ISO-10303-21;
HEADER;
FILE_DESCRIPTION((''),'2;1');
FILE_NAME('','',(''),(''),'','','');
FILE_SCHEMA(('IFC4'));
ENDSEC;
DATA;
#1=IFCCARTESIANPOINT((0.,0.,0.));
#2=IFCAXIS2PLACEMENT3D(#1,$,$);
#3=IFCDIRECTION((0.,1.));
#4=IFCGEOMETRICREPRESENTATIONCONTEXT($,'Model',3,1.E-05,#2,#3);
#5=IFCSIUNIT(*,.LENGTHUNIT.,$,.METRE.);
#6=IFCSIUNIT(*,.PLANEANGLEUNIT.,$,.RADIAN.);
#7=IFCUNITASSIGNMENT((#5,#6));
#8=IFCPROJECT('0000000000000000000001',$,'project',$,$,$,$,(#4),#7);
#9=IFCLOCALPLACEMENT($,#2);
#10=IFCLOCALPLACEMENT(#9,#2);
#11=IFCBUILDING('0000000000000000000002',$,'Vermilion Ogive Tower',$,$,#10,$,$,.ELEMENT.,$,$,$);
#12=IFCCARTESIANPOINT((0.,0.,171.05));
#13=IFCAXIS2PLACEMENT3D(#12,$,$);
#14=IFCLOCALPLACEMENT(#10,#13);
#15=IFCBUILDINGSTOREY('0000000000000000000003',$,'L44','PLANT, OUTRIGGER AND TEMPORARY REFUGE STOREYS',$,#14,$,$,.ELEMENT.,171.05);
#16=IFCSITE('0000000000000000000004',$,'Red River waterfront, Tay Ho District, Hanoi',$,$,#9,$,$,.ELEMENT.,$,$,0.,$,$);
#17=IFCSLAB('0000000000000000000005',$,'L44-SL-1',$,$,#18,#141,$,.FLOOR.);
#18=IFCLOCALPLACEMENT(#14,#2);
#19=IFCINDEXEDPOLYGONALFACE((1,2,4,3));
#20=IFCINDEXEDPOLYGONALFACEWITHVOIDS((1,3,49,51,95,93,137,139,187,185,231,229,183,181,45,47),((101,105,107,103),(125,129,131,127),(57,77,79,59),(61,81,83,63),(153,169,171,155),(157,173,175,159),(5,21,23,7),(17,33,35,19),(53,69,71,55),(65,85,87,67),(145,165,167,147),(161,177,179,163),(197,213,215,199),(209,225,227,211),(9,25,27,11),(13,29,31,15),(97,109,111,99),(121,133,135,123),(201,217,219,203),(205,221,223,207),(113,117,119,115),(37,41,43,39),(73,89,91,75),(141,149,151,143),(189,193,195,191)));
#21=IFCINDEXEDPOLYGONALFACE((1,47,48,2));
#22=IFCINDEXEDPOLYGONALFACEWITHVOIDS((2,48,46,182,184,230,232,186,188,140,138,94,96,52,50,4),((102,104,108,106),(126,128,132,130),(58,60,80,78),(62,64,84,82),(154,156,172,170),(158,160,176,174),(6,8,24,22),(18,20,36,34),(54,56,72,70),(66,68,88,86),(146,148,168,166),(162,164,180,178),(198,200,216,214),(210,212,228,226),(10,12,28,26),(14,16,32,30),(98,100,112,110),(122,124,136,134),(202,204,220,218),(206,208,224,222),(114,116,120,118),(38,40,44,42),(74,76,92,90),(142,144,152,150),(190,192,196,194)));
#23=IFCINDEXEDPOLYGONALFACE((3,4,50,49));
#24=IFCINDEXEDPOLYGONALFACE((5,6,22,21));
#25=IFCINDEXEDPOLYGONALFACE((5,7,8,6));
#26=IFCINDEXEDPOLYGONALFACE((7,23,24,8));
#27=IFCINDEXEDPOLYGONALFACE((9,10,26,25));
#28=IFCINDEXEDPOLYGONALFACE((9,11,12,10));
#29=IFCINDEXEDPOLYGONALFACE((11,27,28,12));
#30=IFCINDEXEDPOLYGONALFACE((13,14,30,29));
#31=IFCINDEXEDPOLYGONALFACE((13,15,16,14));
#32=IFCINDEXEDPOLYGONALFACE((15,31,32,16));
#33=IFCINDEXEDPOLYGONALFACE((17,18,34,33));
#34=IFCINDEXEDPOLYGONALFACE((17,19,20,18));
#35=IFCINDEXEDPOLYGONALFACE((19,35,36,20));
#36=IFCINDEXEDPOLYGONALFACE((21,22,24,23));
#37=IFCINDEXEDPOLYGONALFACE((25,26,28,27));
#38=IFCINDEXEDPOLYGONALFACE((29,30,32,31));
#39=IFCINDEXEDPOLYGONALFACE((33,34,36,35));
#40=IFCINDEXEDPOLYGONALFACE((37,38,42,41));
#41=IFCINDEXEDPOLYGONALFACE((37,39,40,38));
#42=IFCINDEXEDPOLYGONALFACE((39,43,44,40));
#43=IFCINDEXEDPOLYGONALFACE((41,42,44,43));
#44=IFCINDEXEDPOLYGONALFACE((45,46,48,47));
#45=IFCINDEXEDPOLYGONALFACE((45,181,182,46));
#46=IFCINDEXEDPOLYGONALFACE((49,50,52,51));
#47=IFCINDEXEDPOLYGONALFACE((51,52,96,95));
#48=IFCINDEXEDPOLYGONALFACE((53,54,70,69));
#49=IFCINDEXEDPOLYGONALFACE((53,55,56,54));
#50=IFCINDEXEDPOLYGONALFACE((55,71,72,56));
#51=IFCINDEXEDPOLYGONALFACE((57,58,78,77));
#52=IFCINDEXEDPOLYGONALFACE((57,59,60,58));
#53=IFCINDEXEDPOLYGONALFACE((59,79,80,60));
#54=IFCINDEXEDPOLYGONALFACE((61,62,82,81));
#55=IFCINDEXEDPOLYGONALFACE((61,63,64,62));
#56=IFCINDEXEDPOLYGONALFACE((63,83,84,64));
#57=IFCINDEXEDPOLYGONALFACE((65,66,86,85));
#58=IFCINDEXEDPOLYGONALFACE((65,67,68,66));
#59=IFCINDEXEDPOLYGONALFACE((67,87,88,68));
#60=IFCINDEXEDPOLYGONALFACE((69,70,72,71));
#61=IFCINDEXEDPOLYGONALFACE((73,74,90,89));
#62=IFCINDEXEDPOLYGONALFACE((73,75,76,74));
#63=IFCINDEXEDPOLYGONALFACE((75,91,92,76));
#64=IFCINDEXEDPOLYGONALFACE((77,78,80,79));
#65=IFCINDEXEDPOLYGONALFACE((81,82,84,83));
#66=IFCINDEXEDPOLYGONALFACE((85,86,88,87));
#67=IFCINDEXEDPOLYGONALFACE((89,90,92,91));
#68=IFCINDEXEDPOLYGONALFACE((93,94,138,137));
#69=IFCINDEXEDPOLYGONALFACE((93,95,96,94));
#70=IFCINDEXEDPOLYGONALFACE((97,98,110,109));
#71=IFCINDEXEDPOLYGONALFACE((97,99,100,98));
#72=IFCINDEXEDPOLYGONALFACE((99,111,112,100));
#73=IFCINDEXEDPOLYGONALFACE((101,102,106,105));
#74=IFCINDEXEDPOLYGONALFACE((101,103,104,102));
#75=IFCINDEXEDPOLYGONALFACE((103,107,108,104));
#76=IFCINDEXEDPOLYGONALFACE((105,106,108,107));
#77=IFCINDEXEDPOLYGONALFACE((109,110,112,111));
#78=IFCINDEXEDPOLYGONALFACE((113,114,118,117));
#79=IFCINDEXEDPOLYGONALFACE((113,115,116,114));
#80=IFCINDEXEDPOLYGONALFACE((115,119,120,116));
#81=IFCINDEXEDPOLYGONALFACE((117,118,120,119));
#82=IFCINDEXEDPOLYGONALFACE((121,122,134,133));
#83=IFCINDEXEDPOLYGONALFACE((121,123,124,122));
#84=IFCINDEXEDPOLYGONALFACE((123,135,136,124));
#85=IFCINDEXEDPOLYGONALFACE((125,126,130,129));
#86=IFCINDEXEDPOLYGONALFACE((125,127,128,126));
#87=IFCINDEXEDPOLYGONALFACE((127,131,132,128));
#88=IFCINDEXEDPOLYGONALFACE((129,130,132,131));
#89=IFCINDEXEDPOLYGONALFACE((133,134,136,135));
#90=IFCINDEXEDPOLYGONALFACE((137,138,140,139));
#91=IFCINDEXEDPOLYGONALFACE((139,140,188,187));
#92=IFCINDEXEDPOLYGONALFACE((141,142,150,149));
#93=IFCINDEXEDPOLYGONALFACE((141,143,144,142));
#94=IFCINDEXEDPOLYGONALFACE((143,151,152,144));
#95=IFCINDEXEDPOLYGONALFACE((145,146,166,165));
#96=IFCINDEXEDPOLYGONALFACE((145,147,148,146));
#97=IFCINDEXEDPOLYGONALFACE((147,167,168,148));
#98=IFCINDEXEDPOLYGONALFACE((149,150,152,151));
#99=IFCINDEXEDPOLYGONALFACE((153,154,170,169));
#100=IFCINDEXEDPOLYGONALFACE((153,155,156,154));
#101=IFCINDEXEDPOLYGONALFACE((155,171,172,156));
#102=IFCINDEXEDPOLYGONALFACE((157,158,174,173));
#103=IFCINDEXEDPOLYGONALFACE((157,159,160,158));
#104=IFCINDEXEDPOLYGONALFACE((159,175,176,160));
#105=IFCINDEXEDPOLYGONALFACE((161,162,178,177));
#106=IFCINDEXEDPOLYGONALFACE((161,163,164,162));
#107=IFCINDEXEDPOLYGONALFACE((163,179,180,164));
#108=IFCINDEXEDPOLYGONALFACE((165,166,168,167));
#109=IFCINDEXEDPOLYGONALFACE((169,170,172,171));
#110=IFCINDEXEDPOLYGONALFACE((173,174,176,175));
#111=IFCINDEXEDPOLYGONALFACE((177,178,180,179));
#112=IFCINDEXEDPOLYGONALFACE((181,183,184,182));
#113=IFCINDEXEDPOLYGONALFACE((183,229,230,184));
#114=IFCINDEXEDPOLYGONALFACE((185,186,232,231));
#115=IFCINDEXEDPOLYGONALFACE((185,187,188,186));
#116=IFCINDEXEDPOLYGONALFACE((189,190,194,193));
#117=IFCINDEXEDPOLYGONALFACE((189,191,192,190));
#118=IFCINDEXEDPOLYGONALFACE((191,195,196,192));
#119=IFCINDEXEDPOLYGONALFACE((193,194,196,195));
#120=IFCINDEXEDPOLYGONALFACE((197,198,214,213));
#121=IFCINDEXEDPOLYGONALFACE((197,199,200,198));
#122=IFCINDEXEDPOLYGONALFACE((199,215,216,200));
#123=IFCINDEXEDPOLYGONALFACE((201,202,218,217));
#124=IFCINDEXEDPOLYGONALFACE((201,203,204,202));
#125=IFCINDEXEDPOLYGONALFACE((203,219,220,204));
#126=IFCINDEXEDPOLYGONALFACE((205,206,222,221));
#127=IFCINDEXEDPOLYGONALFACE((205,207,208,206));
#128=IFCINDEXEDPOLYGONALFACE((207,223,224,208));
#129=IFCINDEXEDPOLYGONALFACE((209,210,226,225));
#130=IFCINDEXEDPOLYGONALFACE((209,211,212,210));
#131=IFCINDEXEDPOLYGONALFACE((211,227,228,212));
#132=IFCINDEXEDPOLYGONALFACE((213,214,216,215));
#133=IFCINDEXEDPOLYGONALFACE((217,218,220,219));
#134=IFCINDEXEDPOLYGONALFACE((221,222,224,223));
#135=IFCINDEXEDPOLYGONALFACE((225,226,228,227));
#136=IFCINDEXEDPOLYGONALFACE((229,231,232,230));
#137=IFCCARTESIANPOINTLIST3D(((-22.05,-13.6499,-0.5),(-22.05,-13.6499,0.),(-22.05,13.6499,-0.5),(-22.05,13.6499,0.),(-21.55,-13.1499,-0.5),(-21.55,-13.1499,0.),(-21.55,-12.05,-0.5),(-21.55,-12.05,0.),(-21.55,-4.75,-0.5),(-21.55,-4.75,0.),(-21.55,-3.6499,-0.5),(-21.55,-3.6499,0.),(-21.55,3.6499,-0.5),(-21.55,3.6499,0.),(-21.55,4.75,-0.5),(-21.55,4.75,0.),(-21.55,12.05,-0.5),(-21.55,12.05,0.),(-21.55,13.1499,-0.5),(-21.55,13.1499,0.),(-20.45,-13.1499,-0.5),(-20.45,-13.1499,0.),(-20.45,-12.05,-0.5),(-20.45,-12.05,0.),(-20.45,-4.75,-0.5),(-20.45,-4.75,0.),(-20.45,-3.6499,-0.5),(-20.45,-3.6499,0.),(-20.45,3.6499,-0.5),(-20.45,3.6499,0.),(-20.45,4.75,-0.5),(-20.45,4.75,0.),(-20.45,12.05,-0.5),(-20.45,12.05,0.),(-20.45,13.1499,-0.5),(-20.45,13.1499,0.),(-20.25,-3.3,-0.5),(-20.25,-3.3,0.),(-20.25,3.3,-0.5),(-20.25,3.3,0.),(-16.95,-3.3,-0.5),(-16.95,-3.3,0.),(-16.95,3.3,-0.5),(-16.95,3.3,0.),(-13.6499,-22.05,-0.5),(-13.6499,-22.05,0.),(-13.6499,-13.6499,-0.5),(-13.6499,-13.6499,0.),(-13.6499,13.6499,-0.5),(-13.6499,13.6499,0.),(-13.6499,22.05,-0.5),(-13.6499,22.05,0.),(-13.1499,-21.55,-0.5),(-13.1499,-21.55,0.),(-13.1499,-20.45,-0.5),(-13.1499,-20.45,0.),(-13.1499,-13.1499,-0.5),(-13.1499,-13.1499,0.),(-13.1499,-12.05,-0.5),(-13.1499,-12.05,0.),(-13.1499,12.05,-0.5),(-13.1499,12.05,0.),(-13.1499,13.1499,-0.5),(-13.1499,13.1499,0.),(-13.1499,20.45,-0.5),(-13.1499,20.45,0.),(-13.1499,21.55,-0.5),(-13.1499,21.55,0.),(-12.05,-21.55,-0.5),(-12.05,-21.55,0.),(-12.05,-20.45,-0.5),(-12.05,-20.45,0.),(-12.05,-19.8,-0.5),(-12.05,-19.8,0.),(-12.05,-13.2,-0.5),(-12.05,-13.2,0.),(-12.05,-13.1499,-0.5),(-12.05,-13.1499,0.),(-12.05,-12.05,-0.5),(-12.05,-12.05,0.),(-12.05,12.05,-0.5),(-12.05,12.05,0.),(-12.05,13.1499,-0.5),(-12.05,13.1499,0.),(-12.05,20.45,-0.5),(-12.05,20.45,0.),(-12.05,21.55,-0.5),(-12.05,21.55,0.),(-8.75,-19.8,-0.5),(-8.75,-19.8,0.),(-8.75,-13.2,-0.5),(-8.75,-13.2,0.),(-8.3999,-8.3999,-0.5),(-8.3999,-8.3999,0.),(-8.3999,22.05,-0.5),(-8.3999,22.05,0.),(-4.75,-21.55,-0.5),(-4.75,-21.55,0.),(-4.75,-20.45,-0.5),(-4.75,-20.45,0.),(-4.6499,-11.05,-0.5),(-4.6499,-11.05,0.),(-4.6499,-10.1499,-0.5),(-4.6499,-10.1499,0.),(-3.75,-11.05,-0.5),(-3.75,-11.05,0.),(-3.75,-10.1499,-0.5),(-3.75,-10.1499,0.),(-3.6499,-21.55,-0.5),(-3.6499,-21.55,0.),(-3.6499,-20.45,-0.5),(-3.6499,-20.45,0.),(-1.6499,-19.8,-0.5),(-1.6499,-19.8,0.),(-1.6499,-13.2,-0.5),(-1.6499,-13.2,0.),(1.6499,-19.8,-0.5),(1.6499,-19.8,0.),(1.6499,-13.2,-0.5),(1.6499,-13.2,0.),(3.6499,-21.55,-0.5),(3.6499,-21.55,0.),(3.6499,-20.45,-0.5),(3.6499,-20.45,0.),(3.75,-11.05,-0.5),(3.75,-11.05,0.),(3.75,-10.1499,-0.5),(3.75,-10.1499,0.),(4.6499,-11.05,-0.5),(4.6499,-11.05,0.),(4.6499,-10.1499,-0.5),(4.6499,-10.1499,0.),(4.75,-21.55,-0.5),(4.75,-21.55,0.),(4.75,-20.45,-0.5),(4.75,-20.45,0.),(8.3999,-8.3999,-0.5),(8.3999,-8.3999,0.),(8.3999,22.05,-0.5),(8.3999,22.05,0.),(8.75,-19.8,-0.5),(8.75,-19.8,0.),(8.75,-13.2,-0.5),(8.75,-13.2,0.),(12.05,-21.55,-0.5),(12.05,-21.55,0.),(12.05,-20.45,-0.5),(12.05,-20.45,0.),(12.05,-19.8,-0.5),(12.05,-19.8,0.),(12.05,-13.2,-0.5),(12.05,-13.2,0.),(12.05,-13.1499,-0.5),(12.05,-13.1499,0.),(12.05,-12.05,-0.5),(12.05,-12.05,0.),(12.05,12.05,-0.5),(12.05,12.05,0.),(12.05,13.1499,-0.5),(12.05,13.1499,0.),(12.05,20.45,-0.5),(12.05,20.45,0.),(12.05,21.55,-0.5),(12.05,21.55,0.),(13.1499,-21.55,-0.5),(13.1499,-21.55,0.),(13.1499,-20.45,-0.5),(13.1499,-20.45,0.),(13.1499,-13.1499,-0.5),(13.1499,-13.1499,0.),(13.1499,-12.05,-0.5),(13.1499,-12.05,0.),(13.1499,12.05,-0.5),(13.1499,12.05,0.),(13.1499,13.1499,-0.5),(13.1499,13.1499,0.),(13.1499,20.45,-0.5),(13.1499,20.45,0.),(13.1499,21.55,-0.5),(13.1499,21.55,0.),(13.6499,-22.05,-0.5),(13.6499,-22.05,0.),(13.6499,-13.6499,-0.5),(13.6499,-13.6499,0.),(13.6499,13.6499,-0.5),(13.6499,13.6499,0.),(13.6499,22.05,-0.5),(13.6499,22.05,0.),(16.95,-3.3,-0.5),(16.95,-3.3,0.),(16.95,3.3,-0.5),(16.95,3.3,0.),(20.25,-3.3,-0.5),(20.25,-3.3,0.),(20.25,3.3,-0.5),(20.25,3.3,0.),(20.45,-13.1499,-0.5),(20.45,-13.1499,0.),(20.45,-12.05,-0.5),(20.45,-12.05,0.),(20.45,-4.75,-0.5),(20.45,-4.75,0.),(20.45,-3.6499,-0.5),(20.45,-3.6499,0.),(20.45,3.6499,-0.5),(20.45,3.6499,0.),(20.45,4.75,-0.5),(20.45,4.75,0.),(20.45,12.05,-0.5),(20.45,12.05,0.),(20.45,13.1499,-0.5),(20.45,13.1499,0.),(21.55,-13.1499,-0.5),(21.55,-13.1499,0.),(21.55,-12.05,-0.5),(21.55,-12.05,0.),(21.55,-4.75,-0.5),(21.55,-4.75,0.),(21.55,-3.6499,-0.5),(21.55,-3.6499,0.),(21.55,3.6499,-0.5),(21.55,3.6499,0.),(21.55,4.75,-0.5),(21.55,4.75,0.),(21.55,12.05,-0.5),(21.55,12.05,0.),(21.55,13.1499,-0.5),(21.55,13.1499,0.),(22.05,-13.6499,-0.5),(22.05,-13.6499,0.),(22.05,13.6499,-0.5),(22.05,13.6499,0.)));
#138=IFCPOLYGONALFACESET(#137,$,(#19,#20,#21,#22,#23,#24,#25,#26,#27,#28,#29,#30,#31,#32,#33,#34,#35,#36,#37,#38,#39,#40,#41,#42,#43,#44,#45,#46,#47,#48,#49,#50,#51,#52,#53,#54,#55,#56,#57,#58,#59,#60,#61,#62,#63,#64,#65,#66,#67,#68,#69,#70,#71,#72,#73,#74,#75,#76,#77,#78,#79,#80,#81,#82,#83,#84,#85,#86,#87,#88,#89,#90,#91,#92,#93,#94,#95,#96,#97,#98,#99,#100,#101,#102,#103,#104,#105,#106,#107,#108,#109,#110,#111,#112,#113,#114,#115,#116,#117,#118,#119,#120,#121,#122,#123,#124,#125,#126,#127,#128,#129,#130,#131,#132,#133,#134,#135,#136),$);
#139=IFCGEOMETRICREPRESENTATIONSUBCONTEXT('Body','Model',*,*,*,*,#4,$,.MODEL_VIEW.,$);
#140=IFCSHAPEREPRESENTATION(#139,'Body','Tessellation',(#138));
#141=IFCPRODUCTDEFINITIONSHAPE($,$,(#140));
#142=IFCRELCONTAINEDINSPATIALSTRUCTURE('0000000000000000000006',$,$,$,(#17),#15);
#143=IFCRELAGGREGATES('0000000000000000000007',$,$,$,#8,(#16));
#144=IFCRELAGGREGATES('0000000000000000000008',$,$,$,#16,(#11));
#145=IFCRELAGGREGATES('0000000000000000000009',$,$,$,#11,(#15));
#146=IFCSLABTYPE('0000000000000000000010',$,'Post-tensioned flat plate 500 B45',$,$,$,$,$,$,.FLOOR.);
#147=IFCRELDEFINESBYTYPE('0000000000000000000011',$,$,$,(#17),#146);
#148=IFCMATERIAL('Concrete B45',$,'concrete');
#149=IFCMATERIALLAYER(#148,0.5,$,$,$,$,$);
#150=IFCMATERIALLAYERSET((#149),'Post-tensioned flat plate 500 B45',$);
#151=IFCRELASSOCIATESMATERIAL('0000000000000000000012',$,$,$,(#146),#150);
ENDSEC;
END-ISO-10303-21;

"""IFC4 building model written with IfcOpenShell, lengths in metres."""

from ifc_helpers import new_model, si_unit, direction, frame, origin, place, context, subcontext, project, spatial, polyline, outline, extrude, material, layer, layer_set, type_object, element, save


model = new_model("IFC4")

# Units and contexts
model_context = context("Model", 3, precision=1e-05, world=origin(), true_north=direction((0.0, 1.0)))
body_context = subcontext(model_context, "Body", "Model", "MODEL_VIEW")
ifc_project = project(units=[si_unit("LENGTHUNIT", "METRE"), si_unit("PLANEANGLEUNIT", "RADIAN")], contexts=[model_context])

# Site, building, storey
site_placement = place(None, origin())
site = spatial("IfcSite", under=ifc_project, at=site_placement, Name="Red River waterfront, Tay Ho District, Hanoi", CompositionType="ELEMENT", RefElevation=0.0)
building_placement = place(site_placement, origin())
building = spatial("IfcBuilding", under=site, at=building_placement, Name="Vermilion Ogive Tower", CompositionType="ELEMENT")
storey_placement = place(building_placement, frame((0.0, 0.0, 171.05)))
storey = spatial("IfcBuildingStorey", under=building, at=storey_placement, Name="L44", Description="PLANT, OUTRIGGER AND TEMPORARY REFUGE STOREYS", CompositionType="ELEMENT", Elevation=171.05)

# Slab
ifc_material_1 = material(Name="Concrete B45", Category="concrete")
ifc_layer_1 = layer(ifc_material_1, 0.5)
ifc_layer_set_1 = layer_set([ifc_layer_1], Name="Post-tensioned flat plate 500 B45")
slab_type = type_object("IfcSlabType", Name="Post-tensioned flat plate 500 B45", PredefinedType="FLOOR", material=ifc_layer_set_1)
slab_placement = place(storey_placement, frame((0.0, 0.0, -0.5)))
element("IfcSlab", 1, at=slab_placement, inside=storey, type_object=slab_type, Name="L44-SL-1", PredefinedType="FLOOR", context=body_context, shape_type="SweptSolid", body=[
    extrude(outline(polyline([(-13.6499, -13.6499), (-22.05, -13.6499), (-22.05, 13.6499), (-13.6499, 13.6499), (-13.6499, 22.05), (-8.3999, 22.05), (-8.3999, -8.3999), (8.3999, -8.3999), (8.3999, 22.05), (13.6499, 22.05), (13.6499, 13.6499), (22.05, 13.6499), (22.05, -13.6499), (13.6499, -13.6499), (13.6499, -22.05), (-13.6499, -22.05), (-13.6499, -13.6499)]), holes=[polyline([(21.55, 12.05), (21.55, 13.1499), (20.45, 13.1499), (20.45, 12.05), (21.55, 12.05)]), polyline([(21.55, 3.6499), (21.55, 4.75), (20.45, 4.75), (20.45, 3.6499), (21.55, 3.6499)]), polyline([(21.55, -4.75), (21.55, -3.6499), (20.45, -3.6499), (20.45, -4.75), (21.55, -4.75)]), polyline([(21.55, -13.1499), (21.55, -12.05), (20.45, -12.05), (20.45, -13.1499), (21.55, -13.1499)]), polyline([(20.25, -3.3), (20.25, 3.3), (16.95, 3.3), (16.95, -3.3), (20.25, -3.3)]), polyline([(13.1499, 20.45), (13.1499, 21.55), (12.05, 21.55), (12.05, 20.45), (13.1499, 20.45)]), polyline([(13.1499, 12.05), (13.1499, 13.1499), (12.05, 13.1499), (12.05, 12.05), (13.1499, 12.05)]), polyline([(13.1499, -13.1499), (13.1499, -12.05), (12.05, -12.05), (12.05, -13.1499), (13.1499, -13.1499)]), polyline([(13.1499, -21.55), (13.1499, -20.45), (12.05, -20.45), (12.05, -21.55), (13.1499, -21.55)]), polyline([(12.05, -19.8), (12.05, -13.2), (8.75, -13.2), (8.75, -19.8), (12.05, -19.8)]), polyline([(4.75, -20.45), (3.6499, -20.45), (3.6499, -21.55), (4.75, -21.55), (4.75, -20.45)]), polyline([(4.6499, -11.05), (4.6499, -10.1499), (3.75, -10.1499), (3.75, -11.05), (4.6499, -11.05)]), polyline([(1.6499, -19.8), (1.6499, -13.2), (-1.6499, -13.2), (-1.6499, -19.8), (1.6499, -19.8)]), polyline([(-3.6499, -21.55), (-3.6499, -20.45), (-4.75, -20.45), (-4.75, -21.55), (-3.6499, -21.55)]), polyline([(-3.75, -11.05), (-3.75, -10.1499), (-4.6499, -10.1499), (-4.6499, -11.05), (-3.75, -11.05)]), polyline([(-8.75, -19.8), (-8.75, -13.2), (-12.05, -13.2), (-12.05, -19.8), (-8.75, -19.8)]), polyline([(-12.05, 20.45), (-12.05, 21.55), (-13.1499, 21.55), (-13.1499, 20.45), (-12.05, 20.45)]), polyline([(-12.05, 12.05), (-12.05, 13.1499), (-13.1499, 13.1499), (-13.1499, 12.05), (-12.05, 12.05)]), polyline([(-12.05, -13.1499), (-12.05, -12.05), (-13.1499, -12.05), (-13.1499, -13.1499), (-12.05, -13.1499)]), polyline([(-12.05, -20.45), (-13.1499, -20.45), (-13.1499, -21.55), (-12.05, -21.55), (-12.05, -20.45)]), polyline([(-16.95, -3.3), (-16.95, 3.3), (-20.25, 3.3), (-20.25, -3.3), (-16.95, -3.3)]), polyline([(-20.45, -13.1499), (-20.45, -12.05), (-21.55, -12.05), (-21.55, -13.1499), (-20.45, -13.1499)]), polyline([(-20.45, 12.05), (-20.45, 13.1499), (-21.55, 13.1499), (-21.55, 12.05), (-20.45, 12.05)]), polyline([(-20.45, 3.6499), (-20.45, 4.75), (-21.55, 4.75), (-21.55, 3.6499), (-20.45, 3.6499)]), polyline([(-20.45, -4.75), (-20.45, -3.6499), (-21.55, -3.6499), (-21.55, -4.75), (-20.45, -4.75)])]), origin(), (0.0, 0.0, 1.0), 0.5),
])

save(model, "model.ifc")
